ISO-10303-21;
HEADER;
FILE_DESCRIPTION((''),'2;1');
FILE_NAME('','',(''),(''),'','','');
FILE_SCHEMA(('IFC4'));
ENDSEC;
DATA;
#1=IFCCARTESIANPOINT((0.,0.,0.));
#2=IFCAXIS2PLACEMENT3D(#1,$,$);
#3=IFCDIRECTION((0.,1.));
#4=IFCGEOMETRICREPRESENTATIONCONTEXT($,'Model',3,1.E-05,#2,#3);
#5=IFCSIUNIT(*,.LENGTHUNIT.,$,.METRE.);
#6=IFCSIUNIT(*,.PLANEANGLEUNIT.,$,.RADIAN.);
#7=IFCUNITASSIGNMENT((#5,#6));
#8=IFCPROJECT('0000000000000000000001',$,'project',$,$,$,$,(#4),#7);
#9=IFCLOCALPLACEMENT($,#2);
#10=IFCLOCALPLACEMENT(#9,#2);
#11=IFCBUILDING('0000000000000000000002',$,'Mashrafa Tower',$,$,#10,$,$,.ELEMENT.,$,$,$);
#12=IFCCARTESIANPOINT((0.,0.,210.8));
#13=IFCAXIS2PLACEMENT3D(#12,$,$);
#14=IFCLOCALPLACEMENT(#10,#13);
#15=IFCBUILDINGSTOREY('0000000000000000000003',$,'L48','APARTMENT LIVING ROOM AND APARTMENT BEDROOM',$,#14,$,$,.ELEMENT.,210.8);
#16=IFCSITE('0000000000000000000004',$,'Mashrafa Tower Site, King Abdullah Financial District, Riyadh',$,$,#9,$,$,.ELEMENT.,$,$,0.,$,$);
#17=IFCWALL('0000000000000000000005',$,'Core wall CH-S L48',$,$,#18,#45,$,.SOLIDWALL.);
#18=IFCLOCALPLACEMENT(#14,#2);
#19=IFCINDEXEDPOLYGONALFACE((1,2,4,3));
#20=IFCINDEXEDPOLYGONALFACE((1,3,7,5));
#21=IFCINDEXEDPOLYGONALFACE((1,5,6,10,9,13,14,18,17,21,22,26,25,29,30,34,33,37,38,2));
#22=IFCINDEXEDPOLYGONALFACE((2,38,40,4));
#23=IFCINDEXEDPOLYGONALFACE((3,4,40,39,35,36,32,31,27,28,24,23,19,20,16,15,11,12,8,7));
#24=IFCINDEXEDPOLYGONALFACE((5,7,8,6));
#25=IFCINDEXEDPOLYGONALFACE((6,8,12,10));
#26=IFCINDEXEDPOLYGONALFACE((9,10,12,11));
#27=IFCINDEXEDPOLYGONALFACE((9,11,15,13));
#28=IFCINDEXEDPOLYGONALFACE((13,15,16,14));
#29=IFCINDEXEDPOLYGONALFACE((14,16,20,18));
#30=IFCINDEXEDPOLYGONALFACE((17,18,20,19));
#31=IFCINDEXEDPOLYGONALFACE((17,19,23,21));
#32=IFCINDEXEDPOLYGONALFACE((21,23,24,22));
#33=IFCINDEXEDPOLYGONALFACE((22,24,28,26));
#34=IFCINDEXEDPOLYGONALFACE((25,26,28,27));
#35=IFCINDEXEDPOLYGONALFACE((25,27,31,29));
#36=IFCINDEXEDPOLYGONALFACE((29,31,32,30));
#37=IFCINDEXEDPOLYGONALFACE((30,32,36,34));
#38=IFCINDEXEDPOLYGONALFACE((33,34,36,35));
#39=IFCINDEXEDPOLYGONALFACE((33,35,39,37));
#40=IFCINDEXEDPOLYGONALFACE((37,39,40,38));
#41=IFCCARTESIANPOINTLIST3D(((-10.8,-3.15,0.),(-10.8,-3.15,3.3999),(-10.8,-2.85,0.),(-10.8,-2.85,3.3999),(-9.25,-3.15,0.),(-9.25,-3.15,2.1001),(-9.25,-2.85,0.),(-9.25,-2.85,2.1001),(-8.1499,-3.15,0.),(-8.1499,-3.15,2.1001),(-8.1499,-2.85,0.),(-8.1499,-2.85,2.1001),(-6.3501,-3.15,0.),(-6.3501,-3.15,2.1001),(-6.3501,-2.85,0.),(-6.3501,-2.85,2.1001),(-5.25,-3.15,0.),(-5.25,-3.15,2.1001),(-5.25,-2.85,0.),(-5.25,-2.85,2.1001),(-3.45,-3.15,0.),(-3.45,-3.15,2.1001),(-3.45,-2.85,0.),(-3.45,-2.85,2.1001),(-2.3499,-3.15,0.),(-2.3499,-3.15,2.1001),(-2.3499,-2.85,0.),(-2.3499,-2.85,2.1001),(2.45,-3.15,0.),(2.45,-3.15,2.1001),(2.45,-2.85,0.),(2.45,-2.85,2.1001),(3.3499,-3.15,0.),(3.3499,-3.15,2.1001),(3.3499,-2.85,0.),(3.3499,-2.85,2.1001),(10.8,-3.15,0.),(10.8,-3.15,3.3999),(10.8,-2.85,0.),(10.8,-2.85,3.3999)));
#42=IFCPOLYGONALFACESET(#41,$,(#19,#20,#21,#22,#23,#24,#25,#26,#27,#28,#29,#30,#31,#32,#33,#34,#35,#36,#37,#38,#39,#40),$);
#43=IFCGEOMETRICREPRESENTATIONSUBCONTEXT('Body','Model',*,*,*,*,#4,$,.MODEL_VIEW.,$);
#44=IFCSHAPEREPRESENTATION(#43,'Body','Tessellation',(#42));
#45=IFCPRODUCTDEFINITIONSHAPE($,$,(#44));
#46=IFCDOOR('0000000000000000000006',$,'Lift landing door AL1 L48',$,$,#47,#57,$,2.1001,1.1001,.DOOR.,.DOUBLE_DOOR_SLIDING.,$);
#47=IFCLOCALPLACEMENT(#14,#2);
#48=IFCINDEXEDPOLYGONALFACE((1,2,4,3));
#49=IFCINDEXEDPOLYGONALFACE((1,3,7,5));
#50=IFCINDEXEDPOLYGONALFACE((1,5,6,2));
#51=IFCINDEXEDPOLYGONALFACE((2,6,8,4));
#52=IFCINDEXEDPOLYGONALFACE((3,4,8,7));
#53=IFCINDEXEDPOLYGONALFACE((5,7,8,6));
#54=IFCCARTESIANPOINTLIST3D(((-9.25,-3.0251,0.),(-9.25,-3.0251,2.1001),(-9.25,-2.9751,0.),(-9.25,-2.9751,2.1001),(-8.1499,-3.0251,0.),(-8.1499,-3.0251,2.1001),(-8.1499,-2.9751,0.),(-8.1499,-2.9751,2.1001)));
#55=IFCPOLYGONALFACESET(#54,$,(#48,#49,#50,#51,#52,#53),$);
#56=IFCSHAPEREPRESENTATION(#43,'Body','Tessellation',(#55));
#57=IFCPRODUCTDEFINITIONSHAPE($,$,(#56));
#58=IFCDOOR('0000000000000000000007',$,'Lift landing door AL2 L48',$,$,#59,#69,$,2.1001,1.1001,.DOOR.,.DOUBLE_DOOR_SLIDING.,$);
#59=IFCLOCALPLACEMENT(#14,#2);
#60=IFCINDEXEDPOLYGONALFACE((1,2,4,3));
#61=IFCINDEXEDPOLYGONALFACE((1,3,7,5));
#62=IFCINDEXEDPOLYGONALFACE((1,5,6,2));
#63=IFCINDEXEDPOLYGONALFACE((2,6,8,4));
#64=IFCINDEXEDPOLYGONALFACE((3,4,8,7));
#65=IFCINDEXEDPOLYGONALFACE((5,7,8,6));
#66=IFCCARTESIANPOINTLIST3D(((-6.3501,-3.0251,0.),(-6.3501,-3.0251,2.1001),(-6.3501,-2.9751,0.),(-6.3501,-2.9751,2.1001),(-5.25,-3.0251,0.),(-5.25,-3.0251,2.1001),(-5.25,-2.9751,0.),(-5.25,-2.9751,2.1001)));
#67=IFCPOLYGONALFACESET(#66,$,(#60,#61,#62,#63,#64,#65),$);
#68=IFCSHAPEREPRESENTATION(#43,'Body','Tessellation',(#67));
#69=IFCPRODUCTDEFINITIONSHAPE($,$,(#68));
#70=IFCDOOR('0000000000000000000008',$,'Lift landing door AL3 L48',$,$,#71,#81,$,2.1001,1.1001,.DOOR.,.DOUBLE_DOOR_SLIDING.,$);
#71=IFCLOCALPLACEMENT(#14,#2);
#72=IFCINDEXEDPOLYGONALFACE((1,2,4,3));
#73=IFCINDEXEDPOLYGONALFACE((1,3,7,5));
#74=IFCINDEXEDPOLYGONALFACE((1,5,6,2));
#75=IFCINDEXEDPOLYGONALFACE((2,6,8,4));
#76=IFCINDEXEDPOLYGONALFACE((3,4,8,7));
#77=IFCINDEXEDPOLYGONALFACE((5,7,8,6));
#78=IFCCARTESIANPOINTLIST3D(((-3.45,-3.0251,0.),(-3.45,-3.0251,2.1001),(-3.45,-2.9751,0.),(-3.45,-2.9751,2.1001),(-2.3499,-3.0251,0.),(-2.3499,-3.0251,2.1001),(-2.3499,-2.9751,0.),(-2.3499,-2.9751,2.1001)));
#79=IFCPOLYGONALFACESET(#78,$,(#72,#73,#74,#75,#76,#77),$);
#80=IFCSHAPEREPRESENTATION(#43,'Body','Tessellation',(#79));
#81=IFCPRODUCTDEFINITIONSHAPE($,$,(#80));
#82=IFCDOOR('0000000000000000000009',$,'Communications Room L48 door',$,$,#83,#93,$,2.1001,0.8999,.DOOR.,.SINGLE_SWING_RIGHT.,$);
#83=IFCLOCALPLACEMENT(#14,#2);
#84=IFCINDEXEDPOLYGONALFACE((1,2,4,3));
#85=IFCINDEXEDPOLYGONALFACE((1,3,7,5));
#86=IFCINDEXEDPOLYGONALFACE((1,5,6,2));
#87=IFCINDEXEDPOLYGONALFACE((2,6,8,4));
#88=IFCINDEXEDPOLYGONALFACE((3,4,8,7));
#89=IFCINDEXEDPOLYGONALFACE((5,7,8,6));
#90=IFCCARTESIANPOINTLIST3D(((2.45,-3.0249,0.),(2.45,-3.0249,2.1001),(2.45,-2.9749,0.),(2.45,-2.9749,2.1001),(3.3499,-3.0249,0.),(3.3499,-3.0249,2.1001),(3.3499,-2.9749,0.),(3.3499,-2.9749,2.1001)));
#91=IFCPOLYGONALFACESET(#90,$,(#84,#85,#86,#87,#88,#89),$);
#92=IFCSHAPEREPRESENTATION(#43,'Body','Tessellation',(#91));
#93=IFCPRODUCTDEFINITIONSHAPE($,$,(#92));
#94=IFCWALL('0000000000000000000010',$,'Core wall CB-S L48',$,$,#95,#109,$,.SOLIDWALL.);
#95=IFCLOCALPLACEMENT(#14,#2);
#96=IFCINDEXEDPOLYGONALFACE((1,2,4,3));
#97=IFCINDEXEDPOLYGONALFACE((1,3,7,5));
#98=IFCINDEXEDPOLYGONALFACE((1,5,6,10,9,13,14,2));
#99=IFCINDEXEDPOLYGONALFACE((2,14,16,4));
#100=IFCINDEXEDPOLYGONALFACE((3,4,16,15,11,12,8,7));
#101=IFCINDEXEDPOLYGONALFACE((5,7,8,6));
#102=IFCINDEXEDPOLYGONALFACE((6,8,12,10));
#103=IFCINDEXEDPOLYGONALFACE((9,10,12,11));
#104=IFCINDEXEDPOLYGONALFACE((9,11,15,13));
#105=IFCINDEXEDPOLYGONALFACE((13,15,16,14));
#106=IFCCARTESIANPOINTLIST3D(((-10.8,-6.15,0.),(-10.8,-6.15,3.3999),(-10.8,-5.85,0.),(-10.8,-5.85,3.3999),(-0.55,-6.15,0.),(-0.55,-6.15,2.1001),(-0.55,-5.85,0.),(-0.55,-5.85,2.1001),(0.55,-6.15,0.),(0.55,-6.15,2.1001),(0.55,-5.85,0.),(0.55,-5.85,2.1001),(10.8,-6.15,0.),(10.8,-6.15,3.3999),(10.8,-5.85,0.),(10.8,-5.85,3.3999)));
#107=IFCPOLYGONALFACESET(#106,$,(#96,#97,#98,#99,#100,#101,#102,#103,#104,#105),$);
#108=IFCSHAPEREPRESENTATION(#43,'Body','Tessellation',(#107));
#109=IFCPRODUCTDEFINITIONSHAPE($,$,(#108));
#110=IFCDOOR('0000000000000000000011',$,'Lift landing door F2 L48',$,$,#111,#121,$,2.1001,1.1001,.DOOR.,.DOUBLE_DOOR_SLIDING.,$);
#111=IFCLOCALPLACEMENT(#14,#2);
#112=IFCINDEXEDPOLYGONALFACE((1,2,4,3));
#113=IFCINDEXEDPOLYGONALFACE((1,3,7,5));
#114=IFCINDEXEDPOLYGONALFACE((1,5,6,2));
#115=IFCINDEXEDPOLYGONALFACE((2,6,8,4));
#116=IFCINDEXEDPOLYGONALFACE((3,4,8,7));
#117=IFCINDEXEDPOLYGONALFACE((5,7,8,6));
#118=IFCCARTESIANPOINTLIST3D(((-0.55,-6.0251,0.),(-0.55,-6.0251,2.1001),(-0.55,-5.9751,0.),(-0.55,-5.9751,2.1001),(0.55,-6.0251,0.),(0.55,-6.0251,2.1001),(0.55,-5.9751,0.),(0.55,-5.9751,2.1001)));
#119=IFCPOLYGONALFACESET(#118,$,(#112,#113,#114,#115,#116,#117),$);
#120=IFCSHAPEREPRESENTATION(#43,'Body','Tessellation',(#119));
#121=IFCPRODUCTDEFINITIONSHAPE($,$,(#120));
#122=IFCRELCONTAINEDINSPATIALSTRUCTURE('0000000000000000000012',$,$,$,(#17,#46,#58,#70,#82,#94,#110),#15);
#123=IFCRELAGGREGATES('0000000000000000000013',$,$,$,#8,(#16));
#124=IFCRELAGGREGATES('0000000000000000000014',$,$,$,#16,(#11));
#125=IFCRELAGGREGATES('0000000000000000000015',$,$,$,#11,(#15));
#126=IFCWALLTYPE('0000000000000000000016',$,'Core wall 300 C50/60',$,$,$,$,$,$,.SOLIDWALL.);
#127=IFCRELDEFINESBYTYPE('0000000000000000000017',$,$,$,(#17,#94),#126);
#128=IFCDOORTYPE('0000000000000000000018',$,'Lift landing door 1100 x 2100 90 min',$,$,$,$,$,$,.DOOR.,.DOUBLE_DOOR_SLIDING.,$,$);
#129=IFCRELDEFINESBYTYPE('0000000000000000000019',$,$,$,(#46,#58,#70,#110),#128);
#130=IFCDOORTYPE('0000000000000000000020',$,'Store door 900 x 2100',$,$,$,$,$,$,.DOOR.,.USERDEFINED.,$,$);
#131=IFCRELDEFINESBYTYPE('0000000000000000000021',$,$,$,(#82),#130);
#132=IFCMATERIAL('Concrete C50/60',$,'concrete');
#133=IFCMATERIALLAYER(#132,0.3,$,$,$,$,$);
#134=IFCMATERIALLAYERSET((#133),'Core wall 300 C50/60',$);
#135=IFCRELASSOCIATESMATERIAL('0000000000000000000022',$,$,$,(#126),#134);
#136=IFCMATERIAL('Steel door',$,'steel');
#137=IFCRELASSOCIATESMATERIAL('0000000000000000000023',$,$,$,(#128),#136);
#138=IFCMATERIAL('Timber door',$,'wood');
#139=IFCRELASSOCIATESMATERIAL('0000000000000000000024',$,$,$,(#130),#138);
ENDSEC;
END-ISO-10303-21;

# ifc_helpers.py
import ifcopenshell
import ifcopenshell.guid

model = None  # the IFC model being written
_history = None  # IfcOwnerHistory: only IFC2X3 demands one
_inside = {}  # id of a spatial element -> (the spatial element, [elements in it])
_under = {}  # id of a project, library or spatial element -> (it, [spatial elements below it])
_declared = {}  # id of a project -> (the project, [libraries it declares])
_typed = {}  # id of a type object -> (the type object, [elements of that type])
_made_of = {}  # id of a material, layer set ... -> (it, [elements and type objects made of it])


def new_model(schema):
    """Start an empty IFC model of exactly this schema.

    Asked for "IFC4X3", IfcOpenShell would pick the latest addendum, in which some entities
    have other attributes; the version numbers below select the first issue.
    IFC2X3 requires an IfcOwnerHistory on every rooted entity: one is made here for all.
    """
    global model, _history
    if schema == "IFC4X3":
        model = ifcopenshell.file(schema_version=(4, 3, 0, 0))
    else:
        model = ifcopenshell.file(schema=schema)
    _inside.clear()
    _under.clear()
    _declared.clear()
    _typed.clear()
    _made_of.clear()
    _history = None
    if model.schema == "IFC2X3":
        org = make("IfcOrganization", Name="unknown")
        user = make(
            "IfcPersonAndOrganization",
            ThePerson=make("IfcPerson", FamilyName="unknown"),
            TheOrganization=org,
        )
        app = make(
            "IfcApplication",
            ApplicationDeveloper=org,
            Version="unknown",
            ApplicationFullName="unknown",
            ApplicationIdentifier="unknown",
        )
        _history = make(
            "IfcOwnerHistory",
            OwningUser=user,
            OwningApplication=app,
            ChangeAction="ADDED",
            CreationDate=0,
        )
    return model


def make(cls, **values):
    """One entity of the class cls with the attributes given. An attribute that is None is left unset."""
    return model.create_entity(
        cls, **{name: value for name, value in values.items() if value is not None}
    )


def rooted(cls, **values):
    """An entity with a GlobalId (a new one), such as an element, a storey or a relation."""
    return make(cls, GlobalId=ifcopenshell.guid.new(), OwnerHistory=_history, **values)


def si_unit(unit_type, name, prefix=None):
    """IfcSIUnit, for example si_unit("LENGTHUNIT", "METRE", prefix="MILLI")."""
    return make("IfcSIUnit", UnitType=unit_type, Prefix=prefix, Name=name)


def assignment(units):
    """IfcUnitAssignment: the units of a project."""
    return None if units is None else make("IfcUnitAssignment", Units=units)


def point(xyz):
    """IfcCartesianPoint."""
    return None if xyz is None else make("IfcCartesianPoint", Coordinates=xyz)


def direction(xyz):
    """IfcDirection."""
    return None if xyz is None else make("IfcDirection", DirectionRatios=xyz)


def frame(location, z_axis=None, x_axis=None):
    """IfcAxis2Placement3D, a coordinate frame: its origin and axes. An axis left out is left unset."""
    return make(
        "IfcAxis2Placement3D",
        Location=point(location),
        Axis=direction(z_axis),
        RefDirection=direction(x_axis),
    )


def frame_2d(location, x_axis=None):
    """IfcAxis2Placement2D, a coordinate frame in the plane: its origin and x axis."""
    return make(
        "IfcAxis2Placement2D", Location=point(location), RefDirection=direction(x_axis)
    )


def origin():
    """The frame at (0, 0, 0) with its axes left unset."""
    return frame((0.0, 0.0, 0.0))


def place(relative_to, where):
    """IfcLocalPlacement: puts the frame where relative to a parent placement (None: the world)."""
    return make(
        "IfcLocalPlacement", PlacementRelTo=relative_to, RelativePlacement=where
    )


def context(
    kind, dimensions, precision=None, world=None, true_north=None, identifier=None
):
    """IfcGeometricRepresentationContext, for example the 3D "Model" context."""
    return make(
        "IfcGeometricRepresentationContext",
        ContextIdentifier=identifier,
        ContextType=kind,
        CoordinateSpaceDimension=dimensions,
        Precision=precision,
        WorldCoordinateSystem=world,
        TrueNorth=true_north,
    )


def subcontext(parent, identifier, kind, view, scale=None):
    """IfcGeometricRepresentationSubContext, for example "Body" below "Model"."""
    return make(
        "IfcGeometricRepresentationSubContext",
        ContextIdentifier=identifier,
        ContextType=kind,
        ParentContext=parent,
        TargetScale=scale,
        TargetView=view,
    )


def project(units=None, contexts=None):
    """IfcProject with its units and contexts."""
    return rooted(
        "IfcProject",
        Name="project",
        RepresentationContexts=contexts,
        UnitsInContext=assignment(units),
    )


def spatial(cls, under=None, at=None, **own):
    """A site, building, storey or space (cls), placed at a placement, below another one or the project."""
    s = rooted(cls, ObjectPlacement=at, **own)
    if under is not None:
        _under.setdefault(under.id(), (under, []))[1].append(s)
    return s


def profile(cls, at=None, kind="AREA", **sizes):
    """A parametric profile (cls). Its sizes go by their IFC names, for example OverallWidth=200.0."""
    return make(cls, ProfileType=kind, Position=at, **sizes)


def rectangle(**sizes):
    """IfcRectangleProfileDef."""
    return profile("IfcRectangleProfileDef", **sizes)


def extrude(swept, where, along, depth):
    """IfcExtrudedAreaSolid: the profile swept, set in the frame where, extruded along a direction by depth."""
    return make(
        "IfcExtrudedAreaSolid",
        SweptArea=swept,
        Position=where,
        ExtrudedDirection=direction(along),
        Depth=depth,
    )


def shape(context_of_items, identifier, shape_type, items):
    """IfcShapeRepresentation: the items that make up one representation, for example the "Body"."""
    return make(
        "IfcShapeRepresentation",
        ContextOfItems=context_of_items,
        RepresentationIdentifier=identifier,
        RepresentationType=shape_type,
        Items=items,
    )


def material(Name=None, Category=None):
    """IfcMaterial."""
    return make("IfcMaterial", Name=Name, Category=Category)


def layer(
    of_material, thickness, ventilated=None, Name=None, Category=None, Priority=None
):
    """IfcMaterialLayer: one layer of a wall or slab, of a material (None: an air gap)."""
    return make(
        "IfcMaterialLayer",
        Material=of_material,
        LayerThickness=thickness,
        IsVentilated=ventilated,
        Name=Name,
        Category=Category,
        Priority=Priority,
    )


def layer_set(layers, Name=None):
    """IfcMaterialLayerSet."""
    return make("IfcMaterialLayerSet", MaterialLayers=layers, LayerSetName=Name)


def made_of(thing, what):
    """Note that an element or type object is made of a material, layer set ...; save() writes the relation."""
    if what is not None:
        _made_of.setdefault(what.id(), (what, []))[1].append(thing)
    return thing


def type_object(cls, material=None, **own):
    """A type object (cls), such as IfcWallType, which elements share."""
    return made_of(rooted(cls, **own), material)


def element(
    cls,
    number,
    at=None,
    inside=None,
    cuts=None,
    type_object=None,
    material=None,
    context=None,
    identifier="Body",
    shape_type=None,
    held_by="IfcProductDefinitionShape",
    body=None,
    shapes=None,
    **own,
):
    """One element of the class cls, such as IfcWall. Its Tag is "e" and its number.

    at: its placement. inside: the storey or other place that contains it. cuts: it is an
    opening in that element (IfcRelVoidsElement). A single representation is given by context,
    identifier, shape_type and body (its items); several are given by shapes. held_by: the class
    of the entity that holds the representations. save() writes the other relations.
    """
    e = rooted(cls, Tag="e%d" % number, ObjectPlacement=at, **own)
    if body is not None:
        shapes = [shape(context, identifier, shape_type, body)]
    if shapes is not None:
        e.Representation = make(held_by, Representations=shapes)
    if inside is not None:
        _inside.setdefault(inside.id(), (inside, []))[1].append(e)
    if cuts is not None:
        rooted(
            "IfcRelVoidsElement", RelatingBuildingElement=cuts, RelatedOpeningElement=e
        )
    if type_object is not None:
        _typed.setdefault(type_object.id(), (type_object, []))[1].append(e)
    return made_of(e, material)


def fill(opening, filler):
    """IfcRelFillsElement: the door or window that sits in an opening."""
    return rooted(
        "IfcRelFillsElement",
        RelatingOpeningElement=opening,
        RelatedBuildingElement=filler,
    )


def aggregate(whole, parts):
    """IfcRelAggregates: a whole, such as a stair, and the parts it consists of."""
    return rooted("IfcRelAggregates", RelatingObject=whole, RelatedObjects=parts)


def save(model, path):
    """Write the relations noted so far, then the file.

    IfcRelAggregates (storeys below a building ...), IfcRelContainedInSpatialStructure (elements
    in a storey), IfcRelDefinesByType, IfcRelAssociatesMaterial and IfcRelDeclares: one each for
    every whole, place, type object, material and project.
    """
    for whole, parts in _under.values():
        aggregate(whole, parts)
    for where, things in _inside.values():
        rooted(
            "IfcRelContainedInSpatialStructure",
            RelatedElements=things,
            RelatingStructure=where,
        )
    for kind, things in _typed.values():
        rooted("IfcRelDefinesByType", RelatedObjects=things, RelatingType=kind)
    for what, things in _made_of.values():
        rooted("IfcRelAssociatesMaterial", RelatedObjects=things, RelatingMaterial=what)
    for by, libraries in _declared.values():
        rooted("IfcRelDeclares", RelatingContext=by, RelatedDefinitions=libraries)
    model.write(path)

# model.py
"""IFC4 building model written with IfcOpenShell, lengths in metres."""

from ifc_helpers import new_model, si_unit, direction, frame, frame_2d, origin, place, context, subcontext, project, spatial, rectangle, extrude, material, layer, layer_set, type_object, element, fill, save


model = new_model("IFC4")

# Units and contexts
model_context = context("Model", 3, precision=1e-05, world=origin(), true_north=direction((0.0, 1.0)))
body_context = subcontext(model_context, "Body", "Model", "MODEL_VIEW")
ifc_project = project(units=[si_unit("LENGTHUNIT", "METRE"), si_unit("PLANEANGLEUNIT", "RADIAN")], contexts=[model_context])

# Site, building, storey
site_placement = place(None, origin())
site = spatial("IfcSite", under=ifc_project, at=site_placement, Name="Mashrafa Tower Site, King Abdullah Financial District, Riyadh", CompositionType="ELEMENT", RefElevation=0.0)
building_placement = place(site_placement, origin())
building = spatial("IfcBuilding", under=site, at=building_placement, Name="Mashrafa Tower", CompositionType="ELEMENT")
storey_placement = place(building_placement, frame((0.0, 0.0, 210.8)))
storey = spatial("IfcBuildingStorey", under=building, at=storey_placement, Name="L48", Description="APARTMENT LIVING ROOM AND APARTMENT BEDROOM", CompositionType="ELEMENT", Elevation=210.8)

# Wall, openings, doors
ifc_material_1 = material(Name="Concrete C50/60", Category="concrete")
ifc_layer_1 = layer(ifc_material_1, 0.3)
ifc_layer_set_1 = layer_set([ifc_layer_1], Name="Core wall 300 C50/60")
wall_type_1 = type_object("IfcWallType", Name="Core wall 300 C50/60", PredefinedType="SOLIDWALL", material=ifc_layer_set_1)
wall_1_placement = place(storey_placement, frame((-10.8, -3.0, 0.0), z_axis=(0.0, 0.0, 1.0), x_axis=(1.0, 0.0, 0.0)))
wall_1 = element("IfcWall", 1, at=wall_1_placement, inside=storey, type_object=wall_type_1, Name="Core wall CH-S L48", PredefinedType="SOLIDWALL", context=body_context, shape_type="SweptSolid", body=[
    extrude(rectangle(XDim=21.6001, YDim=0.3, at=frame_2d((10.8, 0.0))), origin(), (0.0, 0.0, 1.0), 3.3999),
])
opening_1_placement = place(wall_1_placement, frame((13.25, 0.0, 0.0)))
opening_1 = element("IfcOpeningElement", 2, at=opening_1_placement, cuts=wall_1, PredefinedType="OPENING", context=body_context, shape_type="SweptSolid", body=[
    extrude(rectangle(XDim=0.8999, YDim=2.1001, at=frame_2d((0.45, 1.05))), frame((0.0, 0.1599, 0.0), z_axis=(0.0, -1.0, 0.0), x_axis=(1.0, 0.0, 0.0)), (0.0, 0.0, 1.0), 0.3201),
])
opening_2_placement = place(wall_1_placement, frame((1.55, 0.0, 0.0)))
opening_2 = element("IfcOpeningElement", 3, at=opening_2_placement, cuts=wall_1, PredefinedType="OPENING", context=body_context, shape_type="SweptSolid", body=[
    extrude(rectangle(XDim=1.1001, YDim=2.1001, at=frame_2d((0.55, 1.05))), frame((0.0, 0.1599, 0.0), z_axis=(0.0, -1.0, 0.0), x_axis=(1.0, 0.0, 0.0)), (0.0, 0.0, 1.0), 0.3201),
])
opening_3_placement = place(wall_1_placement, frame((4.45, 0.0, 0.0)))
opening_3 = element("IfcOpeningElement", 4, at=opening_3_placement, cuts=wall_1, PredefinedType="OPENING", context=body_context, shape_type="SweptSolid", body=[
    extrude(rectangle(XDim=1.1001, YDim=2.1001, at=frame_2d((0.55, 1.05))), frame((0.0, 0.1599, 0.0), z_axis=(0.0, -1.0, 0.0), x_axis=(1.0, 0.0, 0.0)), (0.0, 0.0, 1.0), 0.3201),
])
opening_4_placement = place(wall_1_placement, frame((7.3501, 0.0, 0.0)))
opening_4 = element("IfcOpeningElement", 5, at=opening_4_placement, cuts=wall_1, PredefinedType="OPENING", context=body_context, shape_type="SweptSolid", body=[
    extrude(rectangle(XDim=1.1001, YDim=2.1001, at=frame_2d((0.55, 1.05))), frame((0.0, 0.1599, 0.0), z_axis=(0.0, -1.0, 0.0), x_axis=(1.0, 0.0, 0.0)), (0.0, 0.0, 1.0), 0.3201),
])
ifc_material_2 = material(Name="Steel door", Category="steel")
door_type_1 = type_object("IfcDoorType", Name="Lift landing door 1100 x 2100 90 min", OperationType="DOUBLE_DOOR_SLIDING", PredefinedType="DOOR", material=ifc_material_2)
door_1_placement = place(opening_2_placement, origin())
door_1 = element("IfcDoor", 6, at=door_1_placement, inside=storey, type_object=door_type_1, Name="Lift landing door AL1 L48", OperationType="DOUBLE_DOOR_SLIDING", OverallHeight=2.1001, OverallWidth=1.1001, PredefinedType="DOOR", context=body_context, shape_type="SweptSolid", body=[
    extrude(rectangle(XDim=1.1001, YDim=2.1001, at=frame_2d((0.55, 1.05))), frame((0.0, 0.0249, 0.0), z_axis=(0.0, -1.0, 0.0), x_axis=(1.0, 0.0, 0.0)), (0.0, 0.0, 1.0), 0.05),
])
fill(opening_2, door_1)
door_2_placement = place(opening_3_placement, origin())
door_2 = element("IfcDoor", 7, at=door_2_placement, inside=storey, type_object=door_type_1, Name="Lift landing door AL2 L48", OperationType="DOUBLE_DOOR_SLIDING", OverallHeight=2.1001, OverallWidth=1.1001, PredefinedType="DOOR", context=body_context, shape_type="SweptSolid", body=[
    extrude(rectangle(XDim=1.1001, YDim=2.1001, at=frame_2d((0.55, 1.05))), frame((0.0, 0.0249, 0.0), z_axis=(0.0, -1.0, 0.0), x_axis=(1.0, 0.0, 0.0)), (0.0, 0.0, 1.0), 0.05),
])
fill(opening_3, door_2)
door_3_placement = place(opening_4_placement, origin())
door_3 = element("IfcDoor", 8, at=door_3_placement, inside=storey, type_object=door_type_1, Name="Lift landing door AL3 L48", OperationType="DOUBLE_DOOR_SLIDING", OverallHeight=2.1001, OverallWidth=1.1001, PredefinedType="DOOR", context=body_context, shape_type="SweptSolid", body=[
    extrude(rectangle(XDim=1.1001, YDim=2.1001, at=frame_2d((0.55, 1.05))), frame((0.0, 0.0249, 0.0), z_axis=(0.0, -1.0, 0.0), x_axis=(1.0, 0.0, 0.0)), (0.0, 0.0, 1.0), 0.05),
])
fill(opening_4, door_3)
ifc_material_3 = material(Name="Timber door", Category="wood")
door_type_2 = type_object("IfcDoorType", Name="Store door 900 x 2100", OperationType="USERDEFINED", PredefinedType="DOOR", material=ifc_material_3)
door_4_placement = place(opening_1_placement, frame((0.8999, 0.0, 0.0), z_axis=(0.0, 0.0, 1.0), x_axis=(-1.0, 0.0, 0.0)))
door_4 = element("IfcDoor", 9, at=door_4_placement, inside=storey, type_object=door_type_2, Name="Communications Room L48 door", OperationType="SINGLE_SWING_RIGHT", OverallHeight=2.1001, OverallWidth=0.8999, PredefinedType="DOOR", context=body_context, shape_type="SweptSolid", body=[
    extrude(rectangle(XDim=0.8999, YDim=2.1001, at=frame_2d((0.45, 1.05))), frame((0.0, 0.0249, 0.0), z_axis=(0.0, -1.0, 0.0), x_axis=(1.0, 0.0, 0.0)), (0.0, 0.0, 1.0), 0.05),
])
fill(opening_1, door_4)

# Wall, opening, door
wall_2_placement = place(storey_placement, frame((-10.8, -6.0, 0.0), z_axis=(0.0, 0.0, 1.0), x_axis=(1.0, 0.0, 0.0)))
wall_2 = element("IfcWall", 10, at=wall_2_placement, inside=storey, type_object=wall_type_1, Name="Core wall CB-S L48", PredefinedType="SOLIDWALL", context=body_context, shape_type="SweptSolid", body=[
    extrude(rectangle(XDim=21.6001, YDim=0.3, at=frame_2d((10.8, 0.0))), origin(), (0.0, 0.0, 1.0), 3.3999),
])
opening_5_placement = place(wall_2_placement, frame((10.25, 0.0, 0.0)))
opening_5 = element("IfcOpeningElement", 11, at=opening_5_placement, cuts=wall_2, PredefinedType="OPENING", context=body_context, shape_type="SweptSolid", body=[
    extrude(rectangle(XDim=1.1001, YDim=2.1001, at=frame_2d((0.55, 1.05))), frame((0.0, 0.1599, 0.0), z_axis=(0.0, -1.0, 0.0), x_axis=(1.0, 0.0, 0.0)), (0.0, 0.0, 1.0), 0.3201),
])
door_5_placement = place(opening_5_placement, origin())
door_5 = element("IfcDoor", 12, at=door_5_placement, inside=storey, type_object=door_type_1, Name="Lift landing door F2 L48", OperationType="DOUBLE_DOOR_SLIDING", OverallHeight=2.1001, OverallWidth=1.1001, PredefinedType="DOOR", context=body_context, shape_type="SweptSolid", body=[
    extrude(rectangle(XDim=1.1001, YDim=2.1001, at=frame_2d((0.55, 1.05))), frame((0.0, 0.0249, 0.0), z_axis=(0.0, -1.0, 0.0), x_axis=(1.0, 0.0, 0.0)), (0.0, 0.0, 1.0), 0.05),
])
fill(opening_5, door_5)

save(model, "model.ifc")
